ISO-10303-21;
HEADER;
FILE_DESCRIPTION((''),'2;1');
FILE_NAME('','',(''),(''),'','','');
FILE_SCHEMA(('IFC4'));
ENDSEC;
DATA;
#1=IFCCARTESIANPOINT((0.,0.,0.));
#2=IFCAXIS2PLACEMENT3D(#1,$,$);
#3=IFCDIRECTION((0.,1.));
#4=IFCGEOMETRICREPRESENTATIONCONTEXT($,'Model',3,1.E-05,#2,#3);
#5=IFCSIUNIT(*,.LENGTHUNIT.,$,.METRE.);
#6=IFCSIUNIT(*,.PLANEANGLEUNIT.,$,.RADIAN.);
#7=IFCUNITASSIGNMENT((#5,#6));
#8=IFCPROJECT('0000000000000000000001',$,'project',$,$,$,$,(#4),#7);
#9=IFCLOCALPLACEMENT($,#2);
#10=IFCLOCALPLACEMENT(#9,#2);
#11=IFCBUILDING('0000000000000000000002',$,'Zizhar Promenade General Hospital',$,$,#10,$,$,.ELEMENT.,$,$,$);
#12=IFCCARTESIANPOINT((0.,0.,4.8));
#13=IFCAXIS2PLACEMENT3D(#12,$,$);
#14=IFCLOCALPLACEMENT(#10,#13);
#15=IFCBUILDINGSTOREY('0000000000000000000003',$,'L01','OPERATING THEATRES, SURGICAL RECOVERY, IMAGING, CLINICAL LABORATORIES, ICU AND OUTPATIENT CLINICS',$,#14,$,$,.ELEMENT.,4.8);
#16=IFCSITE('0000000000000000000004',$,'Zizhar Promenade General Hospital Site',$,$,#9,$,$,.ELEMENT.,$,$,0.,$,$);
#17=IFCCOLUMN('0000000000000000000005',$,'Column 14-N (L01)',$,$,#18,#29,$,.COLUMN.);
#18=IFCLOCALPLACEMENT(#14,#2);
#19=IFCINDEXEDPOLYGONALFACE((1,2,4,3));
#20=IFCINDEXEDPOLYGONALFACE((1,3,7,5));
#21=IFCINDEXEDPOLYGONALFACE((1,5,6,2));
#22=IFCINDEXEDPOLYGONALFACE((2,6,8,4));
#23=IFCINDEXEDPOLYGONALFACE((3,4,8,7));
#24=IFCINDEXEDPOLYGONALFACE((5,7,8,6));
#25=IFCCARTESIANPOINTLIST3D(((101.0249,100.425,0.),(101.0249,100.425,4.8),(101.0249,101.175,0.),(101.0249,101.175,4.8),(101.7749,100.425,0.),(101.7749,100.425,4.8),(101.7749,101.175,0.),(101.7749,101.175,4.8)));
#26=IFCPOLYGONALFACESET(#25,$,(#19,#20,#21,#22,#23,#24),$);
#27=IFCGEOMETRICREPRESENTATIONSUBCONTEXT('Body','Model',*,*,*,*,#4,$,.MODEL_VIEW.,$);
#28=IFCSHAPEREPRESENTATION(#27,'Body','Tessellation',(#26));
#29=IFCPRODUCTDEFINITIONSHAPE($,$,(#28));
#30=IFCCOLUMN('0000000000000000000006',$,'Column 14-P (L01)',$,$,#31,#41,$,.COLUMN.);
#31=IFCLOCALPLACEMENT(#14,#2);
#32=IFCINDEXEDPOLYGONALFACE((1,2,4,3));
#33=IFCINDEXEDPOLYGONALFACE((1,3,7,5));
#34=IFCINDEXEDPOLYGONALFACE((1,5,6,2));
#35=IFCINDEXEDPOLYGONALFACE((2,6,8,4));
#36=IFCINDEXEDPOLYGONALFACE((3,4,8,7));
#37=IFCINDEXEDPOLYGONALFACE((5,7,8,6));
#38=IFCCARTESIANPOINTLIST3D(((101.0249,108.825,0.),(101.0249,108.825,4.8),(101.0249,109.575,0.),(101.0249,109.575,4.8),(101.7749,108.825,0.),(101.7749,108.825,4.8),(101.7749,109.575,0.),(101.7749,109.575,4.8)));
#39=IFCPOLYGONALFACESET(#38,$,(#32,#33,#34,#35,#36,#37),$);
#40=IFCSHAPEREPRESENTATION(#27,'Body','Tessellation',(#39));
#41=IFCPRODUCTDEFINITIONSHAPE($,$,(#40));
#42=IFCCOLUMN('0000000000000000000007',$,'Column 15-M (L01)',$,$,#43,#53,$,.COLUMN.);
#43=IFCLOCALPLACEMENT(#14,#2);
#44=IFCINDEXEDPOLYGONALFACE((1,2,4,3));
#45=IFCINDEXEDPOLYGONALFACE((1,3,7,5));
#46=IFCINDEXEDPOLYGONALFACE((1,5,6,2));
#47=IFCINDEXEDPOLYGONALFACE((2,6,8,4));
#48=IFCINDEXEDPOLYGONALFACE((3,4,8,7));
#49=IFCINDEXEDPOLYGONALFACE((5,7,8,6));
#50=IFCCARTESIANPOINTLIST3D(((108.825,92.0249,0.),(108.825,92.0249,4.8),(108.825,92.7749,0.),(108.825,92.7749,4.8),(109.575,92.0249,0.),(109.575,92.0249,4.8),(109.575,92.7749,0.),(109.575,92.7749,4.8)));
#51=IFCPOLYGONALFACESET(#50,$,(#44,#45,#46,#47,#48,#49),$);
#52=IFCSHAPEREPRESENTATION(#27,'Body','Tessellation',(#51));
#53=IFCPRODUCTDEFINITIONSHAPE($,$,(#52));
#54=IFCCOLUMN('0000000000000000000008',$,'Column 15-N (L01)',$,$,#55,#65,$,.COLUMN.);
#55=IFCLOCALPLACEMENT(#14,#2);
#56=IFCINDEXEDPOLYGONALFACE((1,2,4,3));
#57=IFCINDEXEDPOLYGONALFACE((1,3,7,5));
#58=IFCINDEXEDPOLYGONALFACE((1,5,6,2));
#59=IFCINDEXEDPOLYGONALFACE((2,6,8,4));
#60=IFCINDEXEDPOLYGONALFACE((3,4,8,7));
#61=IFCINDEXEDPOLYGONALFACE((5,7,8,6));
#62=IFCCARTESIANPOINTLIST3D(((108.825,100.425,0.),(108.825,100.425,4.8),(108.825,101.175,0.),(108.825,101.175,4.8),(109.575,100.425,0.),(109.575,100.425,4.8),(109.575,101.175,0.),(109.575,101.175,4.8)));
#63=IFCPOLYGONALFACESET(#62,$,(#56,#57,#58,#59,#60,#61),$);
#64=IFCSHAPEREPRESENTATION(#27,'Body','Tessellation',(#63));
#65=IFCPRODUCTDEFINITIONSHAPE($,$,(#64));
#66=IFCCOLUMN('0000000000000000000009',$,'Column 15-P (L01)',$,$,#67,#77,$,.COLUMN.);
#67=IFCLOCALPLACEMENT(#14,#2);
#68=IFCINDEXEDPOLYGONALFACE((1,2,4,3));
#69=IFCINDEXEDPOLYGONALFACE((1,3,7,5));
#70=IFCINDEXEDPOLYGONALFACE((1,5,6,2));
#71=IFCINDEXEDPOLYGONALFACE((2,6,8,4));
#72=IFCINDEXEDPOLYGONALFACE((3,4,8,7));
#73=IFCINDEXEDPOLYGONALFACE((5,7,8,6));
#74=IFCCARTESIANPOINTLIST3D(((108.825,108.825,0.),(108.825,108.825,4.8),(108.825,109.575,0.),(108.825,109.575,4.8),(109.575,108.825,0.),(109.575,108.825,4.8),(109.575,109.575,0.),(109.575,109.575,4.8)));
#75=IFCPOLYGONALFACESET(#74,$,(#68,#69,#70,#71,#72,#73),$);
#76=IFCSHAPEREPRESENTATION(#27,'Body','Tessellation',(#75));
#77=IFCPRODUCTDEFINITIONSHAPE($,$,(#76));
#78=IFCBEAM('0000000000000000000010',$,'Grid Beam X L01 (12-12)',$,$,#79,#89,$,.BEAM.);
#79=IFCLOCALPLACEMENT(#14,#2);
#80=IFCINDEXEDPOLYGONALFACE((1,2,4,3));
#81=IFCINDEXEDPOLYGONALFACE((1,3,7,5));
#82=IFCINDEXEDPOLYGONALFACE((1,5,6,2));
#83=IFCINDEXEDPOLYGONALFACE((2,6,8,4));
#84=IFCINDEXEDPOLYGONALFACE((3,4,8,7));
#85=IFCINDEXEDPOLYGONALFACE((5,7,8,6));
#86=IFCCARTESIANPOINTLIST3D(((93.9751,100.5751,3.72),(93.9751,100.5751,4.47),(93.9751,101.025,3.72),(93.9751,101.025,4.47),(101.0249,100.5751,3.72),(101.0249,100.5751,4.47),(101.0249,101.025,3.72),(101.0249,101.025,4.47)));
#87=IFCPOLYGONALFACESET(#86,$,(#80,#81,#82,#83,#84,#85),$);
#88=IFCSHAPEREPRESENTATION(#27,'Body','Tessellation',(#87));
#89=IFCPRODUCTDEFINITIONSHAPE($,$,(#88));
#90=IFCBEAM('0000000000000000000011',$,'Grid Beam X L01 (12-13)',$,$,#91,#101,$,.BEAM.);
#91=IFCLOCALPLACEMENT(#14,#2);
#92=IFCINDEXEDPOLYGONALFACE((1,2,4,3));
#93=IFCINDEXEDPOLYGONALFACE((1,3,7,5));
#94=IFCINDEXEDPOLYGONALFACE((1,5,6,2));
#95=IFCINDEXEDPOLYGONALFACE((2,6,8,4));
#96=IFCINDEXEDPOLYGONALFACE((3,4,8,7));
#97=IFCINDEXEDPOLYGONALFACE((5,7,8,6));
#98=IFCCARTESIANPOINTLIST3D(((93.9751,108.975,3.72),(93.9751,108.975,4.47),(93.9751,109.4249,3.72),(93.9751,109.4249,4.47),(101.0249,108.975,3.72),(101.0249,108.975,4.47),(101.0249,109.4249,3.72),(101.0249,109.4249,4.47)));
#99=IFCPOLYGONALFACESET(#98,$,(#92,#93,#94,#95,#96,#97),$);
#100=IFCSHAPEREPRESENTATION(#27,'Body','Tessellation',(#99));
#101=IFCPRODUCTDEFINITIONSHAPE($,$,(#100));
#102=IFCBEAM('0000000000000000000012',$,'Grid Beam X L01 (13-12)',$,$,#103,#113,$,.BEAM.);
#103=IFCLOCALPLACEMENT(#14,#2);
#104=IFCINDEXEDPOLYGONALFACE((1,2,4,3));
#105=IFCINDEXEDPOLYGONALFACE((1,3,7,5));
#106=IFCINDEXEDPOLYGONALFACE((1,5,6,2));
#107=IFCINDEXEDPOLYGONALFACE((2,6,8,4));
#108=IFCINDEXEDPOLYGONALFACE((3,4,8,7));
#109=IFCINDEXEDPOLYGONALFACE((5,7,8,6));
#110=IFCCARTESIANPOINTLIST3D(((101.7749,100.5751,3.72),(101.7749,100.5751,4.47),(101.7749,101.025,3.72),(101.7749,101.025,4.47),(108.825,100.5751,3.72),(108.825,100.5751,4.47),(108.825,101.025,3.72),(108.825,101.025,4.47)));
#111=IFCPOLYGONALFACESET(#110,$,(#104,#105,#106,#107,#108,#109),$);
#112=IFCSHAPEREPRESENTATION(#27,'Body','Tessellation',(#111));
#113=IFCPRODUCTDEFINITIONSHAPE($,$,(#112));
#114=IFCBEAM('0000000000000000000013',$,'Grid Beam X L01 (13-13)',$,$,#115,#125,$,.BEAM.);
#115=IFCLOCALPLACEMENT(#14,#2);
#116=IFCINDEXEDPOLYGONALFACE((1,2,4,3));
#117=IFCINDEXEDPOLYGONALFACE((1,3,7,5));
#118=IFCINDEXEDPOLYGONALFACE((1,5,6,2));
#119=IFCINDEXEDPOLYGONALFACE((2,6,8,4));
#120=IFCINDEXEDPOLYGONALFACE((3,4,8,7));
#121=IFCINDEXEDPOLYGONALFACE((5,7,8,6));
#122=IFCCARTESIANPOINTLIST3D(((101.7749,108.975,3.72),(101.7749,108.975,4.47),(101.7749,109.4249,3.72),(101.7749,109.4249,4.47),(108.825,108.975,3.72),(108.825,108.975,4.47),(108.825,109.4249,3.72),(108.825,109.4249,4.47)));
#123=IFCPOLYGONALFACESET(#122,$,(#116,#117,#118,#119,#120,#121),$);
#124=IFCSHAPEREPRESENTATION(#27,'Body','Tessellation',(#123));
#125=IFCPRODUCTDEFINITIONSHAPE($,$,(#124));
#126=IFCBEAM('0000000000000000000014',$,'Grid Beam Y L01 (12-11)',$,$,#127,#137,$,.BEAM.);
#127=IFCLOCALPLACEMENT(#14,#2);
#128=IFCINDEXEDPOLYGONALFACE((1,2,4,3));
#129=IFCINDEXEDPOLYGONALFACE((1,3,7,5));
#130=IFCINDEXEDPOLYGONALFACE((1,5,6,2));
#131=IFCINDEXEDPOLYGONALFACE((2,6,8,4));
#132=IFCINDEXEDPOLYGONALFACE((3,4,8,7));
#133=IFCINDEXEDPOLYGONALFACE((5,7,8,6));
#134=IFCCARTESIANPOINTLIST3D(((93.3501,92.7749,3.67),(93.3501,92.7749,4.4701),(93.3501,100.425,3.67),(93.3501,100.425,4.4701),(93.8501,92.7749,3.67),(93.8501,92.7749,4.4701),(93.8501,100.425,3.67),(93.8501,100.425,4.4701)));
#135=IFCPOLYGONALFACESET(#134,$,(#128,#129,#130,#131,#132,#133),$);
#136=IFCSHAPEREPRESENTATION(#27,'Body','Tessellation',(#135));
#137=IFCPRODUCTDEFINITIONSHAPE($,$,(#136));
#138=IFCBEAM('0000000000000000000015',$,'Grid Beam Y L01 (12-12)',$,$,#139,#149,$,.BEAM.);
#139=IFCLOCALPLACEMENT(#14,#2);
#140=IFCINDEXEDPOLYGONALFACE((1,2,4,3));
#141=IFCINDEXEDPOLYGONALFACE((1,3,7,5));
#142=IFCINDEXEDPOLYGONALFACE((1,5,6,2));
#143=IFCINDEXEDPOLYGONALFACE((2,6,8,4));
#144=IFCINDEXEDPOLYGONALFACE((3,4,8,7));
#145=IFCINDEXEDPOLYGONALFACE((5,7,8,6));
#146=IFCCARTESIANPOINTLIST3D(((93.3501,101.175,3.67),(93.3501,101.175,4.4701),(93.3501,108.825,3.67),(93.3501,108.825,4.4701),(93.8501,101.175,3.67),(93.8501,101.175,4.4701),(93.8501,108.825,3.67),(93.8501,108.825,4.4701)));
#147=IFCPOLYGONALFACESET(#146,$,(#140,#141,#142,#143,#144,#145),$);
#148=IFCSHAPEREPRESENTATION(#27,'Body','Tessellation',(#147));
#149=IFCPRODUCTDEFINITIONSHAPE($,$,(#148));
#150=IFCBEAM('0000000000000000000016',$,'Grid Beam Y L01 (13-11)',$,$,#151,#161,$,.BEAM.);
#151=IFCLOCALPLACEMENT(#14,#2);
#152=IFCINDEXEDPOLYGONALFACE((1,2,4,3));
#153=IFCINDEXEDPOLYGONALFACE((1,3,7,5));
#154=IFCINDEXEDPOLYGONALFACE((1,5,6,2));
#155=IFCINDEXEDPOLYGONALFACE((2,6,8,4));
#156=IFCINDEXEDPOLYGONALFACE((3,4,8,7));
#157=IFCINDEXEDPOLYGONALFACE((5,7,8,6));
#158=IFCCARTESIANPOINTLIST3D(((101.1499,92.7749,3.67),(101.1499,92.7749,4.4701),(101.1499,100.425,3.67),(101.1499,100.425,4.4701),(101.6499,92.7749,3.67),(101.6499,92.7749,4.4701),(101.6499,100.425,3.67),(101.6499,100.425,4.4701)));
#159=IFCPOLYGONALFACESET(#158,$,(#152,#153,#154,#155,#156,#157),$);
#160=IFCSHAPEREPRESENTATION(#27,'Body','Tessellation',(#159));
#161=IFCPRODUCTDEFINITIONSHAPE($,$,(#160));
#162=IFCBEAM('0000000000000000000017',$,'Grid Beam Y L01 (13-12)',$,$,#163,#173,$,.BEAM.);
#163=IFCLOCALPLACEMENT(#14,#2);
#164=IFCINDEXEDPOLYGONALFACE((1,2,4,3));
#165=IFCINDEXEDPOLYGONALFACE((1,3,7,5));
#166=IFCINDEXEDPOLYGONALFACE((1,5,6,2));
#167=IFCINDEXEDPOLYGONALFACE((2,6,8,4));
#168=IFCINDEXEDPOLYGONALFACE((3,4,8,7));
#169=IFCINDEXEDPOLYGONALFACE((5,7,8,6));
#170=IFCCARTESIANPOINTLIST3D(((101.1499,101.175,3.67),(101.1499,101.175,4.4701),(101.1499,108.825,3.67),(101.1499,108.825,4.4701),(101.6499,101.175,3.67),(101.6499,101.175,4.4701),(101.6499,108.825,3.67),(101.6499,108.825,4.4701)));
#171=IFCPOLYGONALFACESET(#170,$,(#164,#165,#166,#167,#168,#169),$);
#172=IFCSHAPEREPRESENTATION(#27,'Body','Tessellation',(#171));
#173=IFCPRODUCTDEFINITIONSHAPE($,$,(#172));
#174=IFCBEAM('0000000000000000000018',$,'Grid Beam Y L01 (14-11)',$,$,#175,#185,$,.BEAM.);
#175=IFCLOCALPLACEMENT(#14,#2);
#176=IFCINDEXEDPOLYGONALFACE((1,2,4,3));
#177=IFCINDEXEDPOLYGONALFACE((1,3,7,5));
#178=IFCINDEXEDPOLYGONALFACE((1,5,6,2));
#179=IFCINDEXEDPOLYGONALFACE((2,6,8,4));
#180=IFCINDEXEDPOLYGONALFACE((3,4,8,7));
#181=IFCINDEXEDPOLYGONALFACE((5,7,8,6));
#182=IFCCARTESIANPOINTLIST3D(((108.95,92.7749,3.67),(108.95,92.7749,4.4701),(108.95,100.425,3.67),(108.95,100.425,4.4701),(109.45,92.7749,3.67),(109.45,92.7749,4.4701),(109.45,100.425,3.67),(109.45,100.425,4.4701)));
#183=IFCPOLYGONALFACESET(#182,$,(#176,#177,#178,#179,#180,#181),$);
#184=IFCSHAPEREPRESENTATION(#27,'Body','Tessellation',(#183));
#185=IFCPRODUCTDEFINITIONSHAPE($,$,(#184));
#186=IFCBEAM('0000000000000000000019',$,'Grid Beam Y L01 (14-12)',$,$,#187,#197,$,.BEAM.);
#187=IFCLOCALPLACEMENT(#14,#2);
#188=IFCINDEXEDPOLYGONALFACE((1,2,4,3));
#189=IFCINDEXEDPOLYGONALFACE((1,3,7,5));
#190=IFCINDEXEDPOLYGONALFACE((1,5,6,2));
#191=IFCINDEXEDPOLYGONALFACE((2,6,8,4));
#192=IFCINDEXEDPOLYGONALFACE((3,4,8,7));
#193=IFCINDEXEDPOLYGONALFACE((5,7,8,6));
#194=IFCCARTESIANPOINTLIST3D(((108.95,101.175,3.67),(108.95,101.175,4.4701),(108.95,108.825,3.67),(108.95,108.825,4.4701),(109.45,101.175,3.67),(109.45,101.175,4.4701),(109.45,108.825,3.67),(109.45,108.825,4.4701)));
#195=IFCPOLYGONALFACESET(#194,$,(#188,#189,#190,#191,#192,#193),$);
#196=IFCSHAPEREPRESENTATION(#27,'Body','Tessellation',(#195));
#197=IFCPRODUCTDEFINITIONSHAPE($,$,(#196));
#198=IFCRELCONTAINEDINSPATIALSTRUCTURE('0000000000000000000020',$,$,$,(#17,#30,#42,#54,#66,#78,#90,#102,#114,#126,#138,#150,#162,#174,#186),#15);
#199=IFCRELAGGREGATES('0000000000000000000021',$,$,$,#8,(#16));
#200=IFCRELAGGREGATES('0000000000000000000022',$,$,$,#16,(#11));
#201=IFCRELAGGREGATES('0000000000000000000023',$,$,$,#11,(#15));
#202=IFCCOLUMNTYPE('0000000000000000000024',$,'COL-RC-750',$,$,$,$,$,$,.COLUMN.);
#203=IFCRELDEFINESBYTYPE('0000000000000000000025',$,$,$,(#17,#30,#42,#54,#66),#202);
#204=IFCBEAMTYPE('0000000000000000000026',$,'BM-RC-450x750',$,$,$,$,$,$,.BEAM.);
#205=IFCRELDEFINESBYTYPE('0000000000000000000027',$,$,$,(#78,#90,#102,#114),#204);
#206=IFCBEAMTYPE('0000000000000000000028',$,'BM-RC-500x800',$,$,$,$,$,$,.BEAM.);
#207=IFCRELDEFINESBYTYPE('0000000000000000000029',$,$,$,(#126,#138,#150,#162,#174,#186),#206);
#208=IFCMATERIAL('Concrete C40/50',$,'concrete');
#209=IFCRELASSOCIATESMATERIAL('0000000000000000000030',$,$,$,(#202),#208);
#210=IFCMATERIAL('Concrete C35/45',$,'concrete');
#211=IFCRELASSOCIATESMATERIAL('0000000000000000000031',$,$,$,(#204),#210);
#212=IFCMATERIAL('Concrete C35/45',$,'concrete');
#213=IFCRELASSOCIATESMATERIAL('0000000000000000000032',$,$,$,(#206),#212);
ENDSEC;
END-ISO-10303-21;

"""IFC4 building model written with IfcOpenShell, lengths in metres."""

from ifc_helpers import new_model, si_unit, direction, frame, origin, origin_2d, place, context, subcontext, project, spatial, rectangle, extrude, material, material_profile, profile_set, type_object, element, save


model = new_model("IFC4")

# Units and contexts
model_context = context("Model", 3, precision=1e-05, world=origin(), true_north=direction((0.0, 1.0)))
body_context = subcontext(model_context, "Body", "Model", "MODEL_VIEW")
ifc_project = project(units=[si_unit("LENGTHUNIT", "METRE"), si_unit("PLANEANGLEUNIT", "RADIAN")], contexts=[model_context])

# Site, building, storey
site_placement = place(None, origin())
site = spatial("IfcSite", under=ifc_project, at=site_placement, Name="Zizhar Promenade General Hospital Site", CompositionType="ELEMENT", RefElevation=0.0)
building_placement = place(site_placement, origin())
building = spatial("IfcBuilding", under=site, at=building_placement, Name="Zizhar Promenade General Hospital", CompositionType="ELEMENT")
storey_placement = place(building_placement, frame((0.0, 0.0, 4.8)))
storey = spatial("IfcBuildingStorey", under=building, at=storey_placement, Name="L01", Description="OPERATING THEATRES, SURGICAL RECOVERY, IMAGING, CLINICAL LABORATORIES, ICU AND OUTPATIENT CLINICS", CompositionType="ELEMENT", Elevation=4.8)

# Columns
ifc_material_1 = material(Name="Concrete C40/50", Category="concrete")
ifc_material_profile_1 = material_profile(ifc_material_1, rectangle(XDim=0.75, YDim=0.75, at=origin_2d()))
ifc_profile_set_1 = profile_set([ifc_material_profile_1], Name="Concrete C40/50")
column_type = type_object("IfcColumnType", Name="COL-RC-750", PredefinedType="COLUMN", material=ifc_profile_set_1)
for number, where, z_axis, x_axis, name in (
    (1, (101.3999, 100.8, 0.0), (0.0, 0.0, 1.0), (1.0, 0.0, 0.0), "Column 14-N (L01)"),
    (2, (101.3999, 109.2, 0.0), (0.0, 0.0, 1.0), (1.0, 0.0, 0.0), "Column 14-P (L01)"),
    (3, (109.2, 92.3999, 0.0), (0.0, 0.0, 1.0), (1.0, 0.0, 0.0), "Column 15-M (L01)"),
    (4, (109.2, 100.8, 0.0), (0.0, 0.0, 1.0), (1.0, 0.0, 0.0), "Column 15-N (L01)"),
    (5, (109.2, 109.2, 0.0), (0.0, 0.0, 1.0), (1.0, 0.0, 0.0), "Column 15-P (L01)"),
):
    element("IfcColumn", number, at=place(storey_placement, frame(where, z_axis=z_axis, x_axis=x_axis)), inside=storey, type_object=column_type, Name=name, PredefinedType="COLUMN", context=body_context, shape_type="SweptSolid", body=[
        extrude(rectangle(XDim=0.75, YDim=0.75, at=origin_2d()), origin(), (0.0, 0.0, 1.0), 4.8),
    ])

# Beams
ifc_material_2 = material(Name="Concrete C35/45", Category="concrete")
ifc_material_profile_2 = material_profile(ifc_material_2, rectangle(XDim=0.45, YDim=0.75, at=origin_2d()))
ifc_profile_set_2 = profile_set([ifc_material_profile_2], Name="Concrete C35/45")
beam_type_1 = type_object("IfcBeamType", Name="BM-RC-450x750", PredefinedType="BEAM", material=ifc_profile_set_2)
for number, where, z_axis, x_axis, name in (
    (6, (93.9751, 100.8, 4.095), (1.0, 0.0, 0.0), (0.0, 1.0, 0.0), "Grid Beam X L01 (12-12)"),
    (7, (93.9751, 109.2, 4.095), (1.0, 0.0, 0.0), (0.0, 1.0, 0.0), "Grid Beam X L01 (12-13)"),
):
    element("IfcBeam", number, at=place(storey_placement, frame(where, z_axis=z_axis, x_axis=x_axis)), inside=storey, type_object=beam_type_1, Name=name, PredefinedType="BEAM", context=body_context, shape_type="SweptSolid", body=[
        extrude(rectangle(XDim=0.45, YDim=0.75, at=origin_2d()), origin(), (0.0, 0.0, 1.0), 7.0498),
    ])
for number, where, z_axis, x_axis, name in (
    (8, (101.7749, 100.8, 4.095), (1.0, 0.0, 0.0), (0.0, 1.0, 0.0), "Grid Beam X L01 (13-12)"),
    (9, (101.7749, 109.2, 4.095), (1.0, 0.0, 0.0), (0.0, 1.0, 0.0), "Grid Beam X L01 (13-13)"),
):
    element("IfcBeam", number, at=place(storey_placement, frame(where, z_axis=z_axis, x_axis=x_axis)), inside=storey, type_object=beam_type_1, Name=name, PredefinedType="BEAM", context=body_context, shape_type="SweptSolid", body=[
        extrude(rectangle(XDim=0.45, YDim=0.75, at=origin_2d()), origin(), (0.0, 0.0, 1.0), 7.05),
    ])
ifc_material_3 = material(Name="Concrete C35/45", Category="concrete")
ifc_material_profile_3 = material_profile(ifc_material_3, rectangle(XDim=0.5, YDim=0.8, at=origin_2d()))
ifc_profile_set_3 = profile_set([ifc_material_profile_3], Name="Concrete C35/45")
beam_type_2 = type_object("IfcBeamType", Name="BM-RC-500x800", PredefinedType="BEAM", material=ifc_profile_set_3)
beam_1_placement = place(storey_placement, frame((93.6001, 92.7749, 4.0701), z_axis=(0.0, 1.0, 0.0), x_axis=(-1.0, 0.0, 0.0)))
element("IfcBeam", 10, at=beam_1_placement, inside=storey, type_object=beam_type_2, Name="Grid Beam Y L01 (12-11)", PredefinedType="BEAM", context=body_context, shape_type="SweptSolid", body=[
    extrude(rectangle(XDim=0.5, YDim=0.8, at=origin_2d()), origin(), (0.0, 0.0, 1.0), 7.6501),
])
beam_2_placement = place(storey_placement, frame((93.6001, 101.175, 4.0701), z_axis=(0.0, 1.0, 0.0), x_axis=(-1.0, 0.0, 0.0)))
element("IfcBeam", 11, at=beam_2_placement, inside=storey, type_object=beam_type_2, Name="Grid Beam Y L01 (12-12)", PredefinedType="BEAM", context=body_context, shape_type="SweptSolid", body=[
    extrude(rectangle(XDim=0.5, YDim=0.8, at=origin_2d()), origin(), (0.0, 0.0, 1.0), 7.6499),
])
beam_3_placement = place(storey_placement, frame((101.3999, 92.7749, 4.0701), z_axis=(0.0, 1.0, 0.0), x_axis=(-1.0, 0.0, 0.0)))
element("IfcBeam", 12, at=beam_3_placement, inside=storey, type_object=beam_type_2, Name="Grid Beam Y L01 (13-11)", PredefinedType="BEAM", context=body_context, shape_type="SweptSolid", body=[
    extrude(rectangle(XDim=0.5, YDim=0.8, at=origin_2d()), origin(), (0.0, 0.0, 1.0), 7.6501),
])
beam_4_placement = place(storey_placement, frame((101.3999, 101.175, 4.0701), z_axis=(0.0, 1.0, 0.0), x_axis=(-1.0, 0.0, 0.0)))
element("IfcBeam", 13, at=beam_4_placement, inside=storey, type_object=beam_type_2, Name="Grid Beam Y L01 (13-12)", PredefinedType="BEAM", context=body_context, shape_type="SweptSolid", body=[
    extrude(rectangle(XDim=0.5, YDim=0.8, at=origin_2d()), origin(), (0.0, 0.0, 1.0), 7.6499),
])
beam_5_placement = place(storey_placement, frame((109.2, 92.7749, 4.0701), z_axis=(0.0, 1.0, 0.0), x_axis=(-1.0, 0.0, 0.0)))
element("IfcBeam", 14, at=beam_5_placement, inside=storey, type_object=beam_type_2, Name="Grid Beam Y L01 (14-11)", PredefinedType="BEAM", context=body_context, shape_type="SweptSolid", body=[
    extrude(rectangle(XDim=0.5, YDim=0.8, at=origin_2d()), origin(), (0.0, 0.0, 1.0), 7.6501),
])
beam_6_placement = place(storey_placement, frame((109.2, 101.175, 4.0701), z_axis=(0.0, 1.0, 0.0), x_axis=(-1.0, 0.0, 0.0)))
element("IfcBeam", 15, at=beam_6_placement, inside=storey, type_object=beam_type_2, Name="Grid Beam Y L01 (14-12)", PredefinedType="BEAM", context=body_context, shape_type="SweptSolid", body=[
    extrude(rectangle(XDim=0.5, YDim=0.8, at=origin_2d()), origin(), (0.0, 0.0, 1.0), 7.6499),
])

save(model, "model.ifc")
